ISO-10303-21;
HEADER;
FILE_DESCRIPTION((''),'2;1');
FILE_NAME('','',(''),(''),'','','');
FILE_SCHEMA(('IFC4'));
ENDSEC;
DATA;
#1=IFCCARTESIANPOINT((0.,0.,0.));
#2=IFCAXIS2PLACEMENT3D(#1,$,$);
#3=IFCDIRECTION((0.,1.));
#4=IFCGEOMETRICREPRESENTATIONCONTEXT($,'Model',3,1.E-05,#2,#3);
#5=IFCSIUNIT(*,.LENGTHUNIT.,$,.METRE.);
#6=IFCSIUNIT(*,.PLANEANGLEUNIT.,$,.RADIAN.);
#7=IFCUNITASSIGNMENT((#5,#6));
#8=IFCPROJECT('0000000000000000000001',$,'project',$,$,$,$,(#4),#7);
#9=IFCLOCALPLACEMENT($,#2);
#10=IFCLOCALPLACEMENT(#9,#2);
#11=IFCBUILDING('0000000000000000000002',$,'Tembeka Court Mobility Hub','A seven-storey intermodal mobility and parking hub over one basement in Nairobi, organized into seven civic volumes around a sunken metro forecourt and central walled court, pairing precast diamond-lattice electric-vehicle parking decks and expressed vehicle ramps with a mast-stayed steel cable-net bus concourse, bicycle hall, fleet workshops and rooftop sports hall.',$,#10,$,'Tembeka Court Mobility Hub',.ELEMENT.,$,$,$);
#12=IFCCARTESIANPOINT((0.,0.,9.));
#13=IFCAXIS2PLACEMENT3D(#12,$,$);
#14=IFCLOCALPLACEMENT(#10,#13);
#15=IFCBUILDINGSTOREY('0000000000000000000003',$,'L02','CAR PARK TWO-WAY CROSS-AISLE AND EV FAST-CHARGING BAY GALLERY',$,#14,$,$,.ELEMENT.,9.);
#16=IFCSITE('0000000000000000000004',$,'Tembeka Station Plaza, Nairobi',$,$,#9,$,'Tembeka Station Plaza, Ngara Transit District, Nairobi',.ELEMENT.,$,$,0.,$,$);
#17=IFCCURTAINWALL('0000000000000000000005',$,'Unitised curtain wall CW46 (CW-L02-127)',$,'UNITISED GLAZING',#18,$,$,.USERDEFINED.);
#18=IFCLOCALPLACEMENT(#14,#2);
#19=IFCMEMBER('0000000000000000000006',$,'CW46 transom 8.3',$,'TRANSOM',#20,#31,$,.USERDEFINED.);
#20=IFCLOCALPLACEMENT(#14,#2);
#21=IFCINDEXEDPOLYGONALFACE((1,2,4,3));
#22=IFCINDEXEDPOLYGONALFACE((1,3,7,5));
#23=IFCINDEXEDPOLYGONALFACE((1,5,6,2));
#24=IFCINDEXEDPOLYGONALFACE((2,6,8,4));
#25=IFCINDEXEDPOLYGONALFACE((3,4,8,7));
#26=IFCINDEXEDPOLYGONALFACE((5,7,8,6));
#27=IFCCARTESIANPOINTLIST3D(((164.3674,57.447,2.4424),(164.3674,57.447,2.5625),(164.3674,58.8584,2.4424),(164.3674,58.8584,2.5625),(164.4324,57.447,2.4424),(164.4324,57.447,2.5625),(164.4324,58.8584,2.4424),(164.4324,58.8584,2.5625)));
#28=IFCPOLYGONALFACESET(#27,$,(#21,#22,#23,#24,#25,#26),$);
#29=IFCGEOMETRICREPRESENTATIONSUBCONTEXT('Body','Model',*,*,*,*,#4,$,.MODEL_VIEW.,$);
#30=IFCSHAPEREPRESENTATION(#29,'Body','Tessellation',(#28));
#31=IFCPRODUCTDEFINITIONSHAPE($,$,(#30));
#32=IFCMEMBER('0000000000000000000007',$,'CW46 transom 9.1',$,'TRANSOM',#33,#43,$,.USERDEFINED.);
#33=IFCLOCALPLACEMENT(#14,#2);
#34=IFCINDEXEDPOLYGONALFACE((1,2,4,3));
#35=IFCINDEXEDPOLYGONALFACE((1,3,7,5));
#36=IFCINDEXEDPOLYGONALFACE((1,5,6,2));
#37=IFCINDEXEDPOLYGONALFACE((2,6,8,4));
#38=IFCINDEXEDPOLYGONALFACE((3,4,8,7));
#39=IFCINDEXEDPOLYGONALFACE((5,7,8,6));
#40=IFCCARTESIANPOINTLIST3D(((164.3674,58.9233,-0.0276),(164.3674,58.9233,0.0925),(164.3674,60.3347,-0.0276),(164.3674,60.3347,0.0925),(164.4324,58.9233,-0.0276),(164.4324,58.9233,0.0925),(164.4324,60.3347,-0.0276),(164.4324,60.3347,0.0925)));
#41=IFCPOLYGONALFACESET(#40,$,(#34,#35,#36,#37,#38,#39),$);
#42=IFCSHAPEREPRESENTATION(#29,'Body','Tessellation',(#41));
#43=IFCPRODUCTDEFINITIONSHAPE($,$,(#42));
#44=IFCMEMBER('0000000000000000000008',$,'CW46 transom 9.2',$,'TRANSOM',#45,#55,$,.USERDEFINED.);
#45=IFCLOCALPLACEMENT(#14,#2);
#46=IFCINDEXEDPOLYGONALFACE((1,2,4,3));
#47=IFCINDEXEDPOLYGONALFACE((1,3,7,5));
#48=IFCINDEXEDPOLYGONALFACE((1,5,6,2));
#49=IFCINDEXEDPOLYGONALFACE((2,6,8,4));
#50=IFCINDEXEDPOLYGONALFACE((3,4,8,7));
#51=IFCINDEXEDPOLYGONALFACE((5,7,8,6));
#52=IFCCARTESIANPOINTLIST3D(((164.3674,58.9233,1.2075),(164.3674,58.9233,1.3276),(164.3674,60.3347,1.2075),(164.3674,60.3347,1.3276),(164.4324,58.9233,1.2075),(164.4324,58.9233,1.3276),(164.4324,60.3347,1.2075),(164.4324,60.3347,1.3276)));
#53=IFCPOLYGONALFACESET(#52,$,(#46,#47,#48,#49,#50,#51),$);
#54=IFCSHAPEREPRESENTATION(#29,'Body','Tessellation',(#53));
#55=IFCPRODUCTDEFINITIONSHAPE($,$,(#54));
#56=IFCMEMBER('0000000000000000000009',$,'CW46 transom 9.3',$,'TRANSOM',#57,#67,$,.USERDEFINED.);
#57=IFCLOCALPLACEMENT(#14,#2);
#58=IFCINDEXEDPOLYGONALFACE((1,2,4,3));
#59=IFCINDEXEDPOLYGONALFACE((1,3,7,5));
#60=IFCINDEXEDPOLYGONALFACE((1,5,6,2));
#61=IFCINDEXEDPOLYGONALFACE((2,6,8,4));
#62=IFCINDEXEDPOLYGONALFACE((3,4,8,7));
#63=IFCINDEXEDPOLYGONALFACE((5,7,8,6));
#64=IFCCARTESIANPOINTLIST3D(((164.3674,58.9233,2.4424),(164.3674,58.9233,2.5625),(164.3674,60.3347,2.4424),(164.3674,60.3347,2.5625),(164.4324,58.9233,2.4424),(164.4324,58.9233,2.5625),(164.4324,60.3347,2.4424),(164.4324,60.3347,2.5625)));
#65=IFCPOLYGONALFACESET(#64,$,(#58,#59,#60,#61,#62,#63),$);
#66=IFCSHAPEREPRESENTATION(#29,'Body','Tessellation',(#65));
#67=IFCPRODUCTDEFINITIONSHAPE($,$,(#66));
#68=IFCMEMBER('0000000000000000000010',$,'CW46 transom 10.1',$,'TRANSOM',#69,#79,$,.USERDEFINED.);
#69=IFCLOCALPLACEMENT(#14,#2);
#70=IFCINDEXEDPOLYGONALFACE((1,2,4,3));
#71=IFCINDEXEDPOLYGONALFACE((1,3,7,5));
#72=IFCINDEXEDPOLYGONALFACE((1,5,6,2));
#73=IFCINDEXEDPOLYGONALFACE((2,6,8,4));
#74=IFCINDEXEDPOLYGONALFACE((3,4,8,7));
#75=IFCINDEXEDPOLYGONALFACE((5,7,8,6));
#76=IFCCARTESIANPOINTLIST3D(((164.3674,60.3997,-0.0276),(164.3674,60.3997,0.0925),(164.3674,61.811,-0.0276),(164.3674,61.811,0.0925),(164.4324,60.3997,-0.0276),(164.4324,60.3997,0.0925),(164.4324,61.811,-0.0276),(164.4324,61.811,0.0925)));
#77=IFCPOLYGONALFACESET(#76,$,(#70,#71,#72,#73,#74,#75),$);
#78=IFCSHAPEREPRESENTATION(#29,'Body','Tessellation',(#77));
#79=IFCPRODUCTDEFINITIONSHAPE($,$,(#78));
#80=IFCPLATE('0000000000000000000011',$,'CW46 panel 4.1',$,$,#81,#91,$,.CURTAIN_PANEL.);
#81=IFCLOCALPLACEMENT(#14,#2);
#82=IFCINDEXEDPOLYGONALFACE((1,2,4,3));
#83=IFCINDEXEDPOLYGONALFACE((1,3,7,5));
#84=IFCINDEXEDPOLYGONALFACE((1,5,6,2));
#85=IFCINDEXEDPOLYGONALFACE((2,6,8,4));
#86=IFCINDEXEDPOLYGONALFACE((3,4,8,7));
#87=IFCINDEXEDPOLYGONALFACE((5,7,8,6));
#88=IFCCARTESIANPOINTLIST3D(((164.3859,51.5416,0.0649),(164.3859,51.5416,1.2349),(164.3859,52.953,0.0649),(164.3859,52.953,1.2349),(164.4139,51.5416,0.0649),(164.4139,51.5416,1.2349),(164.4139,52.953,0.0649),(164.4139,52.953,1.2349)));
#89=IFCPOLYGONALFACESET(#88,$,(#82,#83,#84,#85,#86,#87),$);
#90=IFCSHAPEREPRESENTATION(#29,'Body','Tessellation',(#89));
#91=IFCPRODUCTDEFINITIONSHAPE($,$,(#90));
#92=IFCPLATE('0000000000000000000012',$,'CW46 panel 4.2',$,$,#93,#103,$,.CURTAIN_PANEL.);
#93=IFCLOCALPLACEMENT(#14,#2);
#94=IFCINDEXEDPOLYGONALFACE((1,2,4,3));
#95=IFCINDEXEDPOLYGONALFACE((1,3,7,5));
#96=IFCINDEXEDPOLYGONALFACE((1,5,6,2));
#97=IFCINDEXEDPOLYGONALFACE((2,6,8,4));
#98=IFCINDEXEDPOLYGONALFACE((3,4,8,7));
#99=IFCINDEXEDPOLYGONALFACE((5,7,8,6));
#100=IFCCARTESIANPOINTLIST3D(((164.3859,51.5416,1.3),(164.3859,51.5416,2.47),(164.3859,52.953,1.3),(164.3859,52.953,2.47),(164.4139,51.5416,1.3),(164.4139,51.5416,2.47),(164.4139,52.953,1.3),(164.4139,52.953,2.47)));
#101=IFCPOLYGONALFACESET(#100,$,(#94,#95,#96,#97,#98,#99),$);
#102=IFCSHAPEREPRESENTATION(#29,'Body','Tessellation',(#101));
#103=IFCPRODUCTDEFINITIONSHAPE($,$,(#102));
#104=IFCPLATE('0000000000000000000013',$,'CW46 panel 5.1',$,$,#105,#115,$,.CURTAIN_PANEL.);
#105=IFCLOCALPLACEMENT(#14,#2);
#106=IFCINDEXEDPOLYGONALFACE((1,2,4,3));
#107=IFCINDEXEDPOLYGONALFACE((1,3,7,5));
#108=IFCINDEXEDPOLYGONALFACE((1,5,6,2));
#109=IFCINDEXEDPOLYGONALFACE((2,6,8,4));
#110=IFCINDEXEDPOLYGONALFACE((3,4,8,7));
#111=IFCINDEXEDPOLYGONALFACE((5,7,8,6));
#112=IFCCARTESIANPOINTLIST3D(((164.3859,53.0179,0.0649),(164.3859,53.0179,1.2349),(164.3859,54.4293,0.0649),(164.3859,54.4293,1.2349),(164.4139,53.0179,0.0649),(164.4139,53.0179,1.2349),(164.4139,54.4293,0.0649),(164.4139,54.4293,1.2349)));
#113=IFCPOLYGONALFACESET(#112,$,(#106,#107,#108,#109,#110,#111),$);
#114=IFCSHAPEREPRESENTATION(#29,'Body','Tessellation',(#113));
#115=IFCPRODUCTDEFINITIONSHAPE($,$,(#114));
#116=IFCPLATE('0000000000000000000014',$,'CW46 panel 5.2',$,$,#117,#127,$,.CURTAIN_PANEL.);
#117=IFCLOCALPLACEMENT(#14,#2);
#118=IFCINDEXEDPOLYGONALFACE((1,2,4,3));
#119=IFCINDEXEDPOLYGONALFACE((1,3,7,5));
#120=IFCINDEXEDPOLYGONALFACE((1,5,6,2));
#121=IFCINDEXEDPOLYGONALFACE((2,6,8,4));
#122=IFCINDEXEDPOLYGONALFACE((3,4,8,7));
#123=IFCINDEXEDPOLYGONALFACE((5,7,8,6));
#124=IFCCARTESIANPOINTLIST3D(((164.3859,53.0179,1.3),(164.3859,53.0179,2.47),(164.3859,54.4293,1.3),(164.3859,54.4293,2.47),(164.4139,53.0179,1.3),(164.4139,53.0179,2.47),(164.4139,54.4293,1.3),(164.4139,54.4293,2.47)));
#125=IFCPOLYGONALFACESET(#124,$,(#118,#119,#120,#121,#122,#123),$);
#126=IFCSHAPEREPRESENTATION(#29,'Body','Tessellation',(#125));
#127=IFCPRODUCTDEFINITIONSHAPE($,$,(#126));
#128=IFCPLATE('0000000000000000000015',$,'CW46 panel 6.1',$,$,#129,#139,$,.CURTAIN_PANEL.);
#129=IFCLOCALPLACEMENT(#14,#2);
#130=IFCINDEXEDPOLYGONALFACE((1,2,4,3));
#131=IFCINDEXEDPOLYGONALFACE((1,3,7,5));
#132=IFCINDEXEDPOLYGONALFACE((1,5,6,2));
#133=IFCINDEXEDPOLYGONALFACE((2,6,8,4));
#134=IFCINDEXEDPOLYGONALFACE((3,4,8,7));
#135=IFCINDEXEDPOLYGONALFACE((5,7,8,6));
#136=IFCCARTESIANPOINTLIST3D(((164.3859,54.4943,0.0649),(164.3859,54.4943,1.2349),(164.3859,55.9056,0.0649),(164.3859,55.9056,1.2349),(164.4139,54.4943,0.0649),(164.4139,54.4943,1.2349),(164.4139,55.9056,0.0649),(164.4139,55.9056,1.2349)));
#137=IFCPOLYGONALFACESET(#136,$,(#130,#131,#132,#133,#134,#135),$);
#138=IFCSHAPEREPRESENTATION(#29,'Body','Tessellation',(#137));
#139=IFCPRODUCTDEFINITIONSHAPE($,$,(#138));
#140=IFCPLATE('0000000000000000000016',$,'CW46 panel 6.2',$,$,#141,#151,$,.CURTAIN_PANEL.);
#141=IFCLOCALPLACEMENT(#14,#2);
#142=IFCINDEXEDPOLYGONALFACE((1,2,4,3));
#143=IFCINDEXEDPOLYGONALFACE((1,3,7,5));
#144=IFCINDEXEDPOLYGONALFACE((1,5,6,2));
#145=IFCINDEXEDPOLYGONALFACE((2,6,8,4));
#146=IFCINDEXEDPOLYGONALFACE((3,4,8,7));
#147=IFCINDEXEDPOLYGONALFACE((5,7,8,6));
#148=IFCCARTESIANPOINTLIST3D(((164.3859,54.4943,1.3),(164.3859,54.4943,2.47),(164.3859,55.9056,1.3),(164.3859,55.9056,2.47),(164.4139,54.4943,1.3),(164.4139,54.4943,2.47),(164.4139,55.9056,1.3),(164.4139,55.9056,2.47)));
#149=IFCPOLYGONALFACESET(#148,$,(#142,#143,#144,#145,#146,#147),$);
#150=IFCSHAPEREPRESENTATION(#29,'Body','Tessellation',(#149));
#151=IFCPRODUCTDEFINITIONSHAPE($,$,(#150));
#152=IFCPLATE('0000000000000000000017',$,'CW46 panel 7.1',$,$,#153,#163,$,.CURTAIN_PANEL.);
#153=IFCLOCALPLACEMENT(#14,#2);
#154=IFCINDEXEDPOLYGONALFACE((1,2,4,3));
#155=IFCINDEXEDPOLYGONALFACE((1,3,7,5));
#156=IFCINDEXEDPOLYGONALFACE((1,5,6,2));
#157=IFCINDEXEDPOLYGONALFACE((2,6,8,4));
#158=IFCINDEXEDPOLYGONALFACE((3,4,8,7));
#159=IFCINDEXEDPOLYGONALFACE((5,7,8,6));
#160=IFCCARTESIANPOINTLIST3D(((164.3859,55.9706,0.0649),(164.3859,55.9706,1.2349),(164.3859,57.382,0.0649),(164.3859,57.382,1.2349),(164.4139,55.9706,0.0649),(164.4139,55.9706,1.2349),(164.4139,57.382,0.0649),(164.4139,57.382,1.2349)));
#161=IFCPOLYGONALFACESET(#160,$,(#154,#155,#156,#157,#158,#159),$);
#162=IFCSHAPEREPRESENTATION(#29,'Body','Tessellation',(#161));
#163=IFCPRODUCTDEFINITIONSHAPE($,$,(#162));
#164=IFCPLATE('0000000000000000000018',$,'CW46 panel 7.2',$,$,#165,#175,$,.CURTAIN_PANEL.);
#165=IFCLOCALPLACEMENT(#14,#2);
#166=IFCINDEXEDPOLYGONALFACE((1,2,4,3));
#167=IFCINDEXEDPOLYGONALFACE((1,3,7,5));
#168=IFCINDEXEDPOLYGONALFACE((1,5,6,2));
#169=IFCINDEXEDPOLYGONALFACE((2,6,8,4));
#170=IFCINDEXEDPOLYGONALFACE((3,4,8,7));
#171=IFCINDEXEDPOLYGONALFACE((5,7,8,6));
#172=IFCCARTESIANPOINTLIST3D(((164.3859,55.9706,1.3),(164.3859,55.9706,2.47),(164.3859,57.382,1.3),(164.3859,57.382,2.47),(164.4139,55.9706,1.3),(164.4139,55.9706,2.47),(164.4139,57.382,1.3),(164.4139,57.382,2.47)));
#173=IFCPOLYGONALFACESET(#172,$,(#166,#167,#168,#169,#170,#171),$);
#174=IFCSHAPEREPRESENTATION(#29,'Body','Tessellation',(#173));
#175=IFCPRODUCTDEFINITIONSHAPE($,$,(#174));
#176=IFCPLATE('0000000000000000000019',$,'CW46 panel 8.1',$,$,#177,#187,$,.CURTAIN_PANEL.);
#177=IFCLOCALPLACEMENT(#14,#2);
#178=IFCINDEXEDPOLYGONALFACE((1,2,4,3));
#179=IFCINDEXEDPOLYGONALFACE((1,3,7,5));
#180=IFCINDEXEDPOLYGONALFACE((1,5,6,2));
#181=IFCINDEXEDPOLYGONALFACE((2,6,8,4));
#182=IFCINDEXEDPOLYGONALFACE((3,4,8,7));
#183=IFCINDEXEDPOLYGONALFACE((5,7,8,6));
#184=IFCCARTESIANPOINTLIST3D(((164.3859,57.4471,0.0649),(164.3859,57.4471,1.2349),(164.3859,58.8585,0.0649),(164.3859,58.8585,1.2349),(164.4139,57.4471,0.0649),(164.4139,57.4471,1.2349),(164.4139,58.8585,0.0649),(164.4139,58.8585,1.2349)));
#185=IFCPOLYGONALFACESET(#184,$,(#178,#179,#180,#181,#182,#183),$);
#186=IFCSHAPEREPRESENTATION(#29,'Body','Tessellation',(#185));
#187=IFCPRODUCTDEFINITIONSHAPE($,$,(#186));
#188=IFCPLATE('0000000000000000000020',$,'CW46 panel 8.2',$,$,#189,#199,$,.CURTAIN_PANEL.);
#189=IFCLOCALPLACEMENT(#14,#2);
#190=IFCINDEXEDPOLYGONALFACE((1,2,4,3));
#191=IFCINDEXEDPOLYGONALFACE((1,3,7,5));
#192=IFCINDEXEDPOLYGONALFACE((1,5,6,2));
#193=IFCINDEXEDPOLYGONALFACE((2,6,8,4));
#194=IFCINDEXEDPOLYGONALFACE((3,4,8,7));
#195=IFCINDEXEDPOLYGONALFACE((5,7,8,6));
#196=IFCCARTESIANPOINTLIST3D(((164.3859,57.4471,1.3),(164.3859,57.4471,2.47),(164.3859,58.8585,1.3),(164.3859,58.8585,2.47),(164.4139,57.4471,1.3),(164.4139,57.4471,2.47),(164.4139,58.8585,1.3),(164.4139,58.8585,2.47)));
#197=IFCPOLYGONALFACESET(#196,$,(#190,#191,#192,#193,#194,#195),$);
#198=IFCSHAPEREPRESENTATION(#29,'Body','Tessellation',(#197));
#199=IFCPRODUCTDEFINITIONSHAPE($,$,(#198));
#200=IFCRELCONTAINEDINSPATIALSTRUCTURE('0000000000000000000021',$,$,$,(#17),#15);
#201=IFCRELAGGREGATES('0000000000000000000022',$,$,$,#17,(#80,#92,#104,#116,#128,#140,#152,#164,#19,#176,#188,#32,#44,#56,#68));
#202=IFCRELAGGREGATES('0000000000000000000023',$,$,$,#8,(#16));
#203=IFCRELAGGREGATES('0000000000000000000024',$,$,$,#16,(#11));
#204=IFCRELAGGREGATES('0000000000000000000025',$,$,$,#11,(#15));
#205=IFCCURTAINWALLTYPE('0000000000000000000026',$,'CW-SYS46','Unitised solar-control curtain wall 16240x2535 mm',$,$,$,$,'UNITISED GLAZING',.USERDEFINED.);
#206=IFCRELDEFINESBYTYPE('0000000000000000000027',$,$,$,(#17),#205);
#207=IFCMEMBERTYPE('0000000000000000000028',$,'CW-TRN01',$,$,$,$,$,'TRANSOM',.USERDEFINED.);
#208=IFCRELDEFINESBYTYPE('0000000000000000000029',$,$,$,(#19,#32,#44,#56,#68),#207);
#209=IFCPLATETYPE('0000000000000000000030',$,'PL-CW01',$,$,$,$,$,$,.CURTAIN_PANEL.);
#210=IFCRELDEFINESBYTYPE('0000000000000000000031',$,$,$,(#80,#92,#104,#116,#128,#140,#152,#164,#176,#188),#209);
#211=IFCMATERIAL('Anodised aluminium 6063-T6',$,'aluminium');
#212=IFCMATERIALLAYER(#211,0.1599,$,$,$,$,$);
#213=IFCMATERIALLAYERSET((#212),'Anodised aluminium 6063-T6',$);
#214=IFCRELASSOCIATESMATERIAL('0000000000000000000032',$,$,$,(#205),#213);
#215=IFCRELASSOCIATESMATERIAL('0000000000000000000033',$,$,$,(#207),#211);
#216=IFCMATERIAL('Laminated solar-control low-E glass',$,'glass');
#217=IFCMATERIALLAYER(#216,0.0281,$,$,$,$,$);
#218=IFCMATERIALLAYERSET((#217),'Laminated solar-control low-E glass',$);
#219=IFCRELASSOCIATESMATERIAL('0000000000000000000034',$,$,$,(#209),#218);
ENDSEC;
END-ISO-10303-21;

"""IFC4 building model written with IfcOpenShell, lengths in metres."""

from ifc_helpers import new_model, si_unit, direction, frame, origin, origin_2d, place, context, subcontext, project, spatial, rectangle, extrude, material, layer, layer_set, material_profile, profile_set, type_object, element, aggregate, save


model = new_model("IFC4")

# Units and contexts
model_context = context("Model", 3, precision=1e-05, world=origin(), true_north=direction((0.0, 1.0)))
body_context = subcontext(model_context, "Body", "Model", "MODEL_VIEW")
ifc_project = project(units=[si_unit("LENGTHUNIT", "METRE"), si_unit("PLANEANGLEUNIT", "RADIAN")], contexts=[model_context])

# Site, building, storey
site_placement = place(None, origin())
site = spatial("IfcSite", under=ifc_project, at=site_placement, Name="Tembeka Station Plaza, Nairobi", LongName="Tembeka Station Plaza, Ngara Transit District, Nairobi", CompositionType="ELEMENT", RefElevation=0.0)
building_placement = place(site_placement, origin())
building = spatial("IfcBuilding", under=site, at=building_placement, Name="Tembeka Court Mobility Hub", Description="A seven-storey intermodal mobility and parking hub over one basement in Nairobi, organized into seven civic volumes around a sunken metro forecourt and central walled court, pairing precast diamond-lattice electric-vehicle parking decks and expressed vehicle ramps with a mast-stayed steel cable-net bus concourse, bicycle hall, fleet workshops and rooftop sports hall.", LongName="Tembeka Court Mobility Hub", CompositionType="ELEMENT")
storey_placement = place(building_placement, frame((0.0, 0.0, 9.0)))
storey = spatial("IfcBuildingStorey", under=building, at=storey_placement, Name="L02", Description="CAR PARK TWO-WAY CROSS-AISLE AND EV FAST-CHARGING BAY GALLERY", CompositionType="ELEMENT", Elevation=9.0)

# Curtain wall, members, plates
ifc_material_1 = material(Name="Anodised aluminium 6063-T6", Category="aluminium")
ifc_layer_1 = layer(ifc_material_1, 0.1599)
ifc_layer_set_1 = layer_set([ifc_layer_1], Name="Anodised aluminium 6063-T6")
curtain_wall_type = type_object("IfcCurtainWallType", Name="CW-SYS46", Description="Unitised solar-control curtain wall 16240x2535 mm", ElementType="UNITISED GLAZING", PredefinedType="USERDEFINED", material=ifc_layer_set_1)
curtain_wall_placement = place(storey_placement, origin())
curtain_wall = element("IfcCurtainWall", 1, at=curtain_wall_placement, inside=storey, type_object=curtain_wall_type, Name="Unitised curtain wall CW46 (CW-L02-127)", ObjectType="UNITISED GLAZING", PredefinedType="USERDEFINED")
ifc_material_profile_1 = material_profile(ifc_material_1, rectangle(XDim=0.0649, YDim=0.1201, at=origin_2d()), Name="ALU-TRN 65x120")
ifc_profile_set_1 = profile_set([ifc_material_profile_1], Name="Anodised aluminium 6063-T6")
member_type_1 = type_object("IfcMemberType", Name="CW-TRN01", ElementType="TRANSOM", PredefinedType="USERDEFINED", material=ifc_profile_set_1)
member_1_placement = place(storey_placement, frame((164.3999, 57.447, 2.5024), z_axis=(0.0, 1.0, 0.0), x_axis=(-1.0, 0.0, 0.0)))
member_1 = element("IfcMember", 2, at=member_1_placement, type_object=member_type_1, Name="CW46 transom 8.3", ObjectType="TRANSOM", PredefinedType="USERDEFINED", context=body_context, shape_type="SweptSolid", body=[
    extrude(rectangle(XDim=0.0649, YDim=0.1201, at=origin_2d()), origin(), (0.0, 0.0, 1.0), 1.4114),
])
member_2_placement = place(storey_placement, frame((164.3999, 58.9233, 0.0325), z_axis=(0.0, 1.0, 0.0), x_axis=(-1.0, 0.0, 0.0)))
member_2 = element("IfcMember", 3, at=member_2_placement, type_object=member_type_1, Name="CW46 transom 9.1", ObjectType="TRANSOM", PredefinedType="USERDEFINED", context=body_context, shape_type="SweptSolid", body=[
    extrude(rectangle(XDim=0.0649, YDim=0.1201, at=origin_2d()), origin(), (0.0, 0.0, 1.0), 1.4114),
])
member_3_placement = place(storey_placement, frame((164.3999, 58.9233, 1.2676), z_axis=(0.0, 1.0, 0.0), x_axis=(-1.0, 0.0, 0.0)))
member_3 = element("IfcMember", 4, at=member_3_placement, type_object=member_type_1, Name="CW46 transom 9.2", ObjectType="TRANSOM", PredefinedType="USERDEFINED", context=body_context, shape_type="SweptSolid", body=[
    extrude(rectangle(XDim=0.0649, YDim=0.1201, at=origin_2d()), origin(), (0.0, 0.0, 1.0), 1.4114),
])
member_4_placement = place(storey_placement, frame((164.3999, 58.9233, 2.5024), z_axis=(0.0, 1.0, 0.0), x_axis=(-1.0, 0.0, 0.0)))
member_4 = element("IfcMember", 5, at=member_4_placement, type_object=member_type_1, Name="CW46 transom 9.3", ObjectType="TRANSOM", PredefinedType="USERDEFINED", context=body_context, shape_type="SweptSolid", body=[
    extrude(rectangle(XDim=0.0649, YDim=0.1201, at=origin_2d()), origin(), (0.0, 0.0, 1.0), 1.4114),
])
member_5_placement = place(storey_placement, frame((164.3999, 60.3997, 0.0325), z_axis=(0.0, 1.0, 0.0), x_axis=(-1.0, 0.0, 0.0)))
member_5 = element("IfcMember", 6, at=member_5_placement, type_object=member_type_1, Name="CW46 transom 10.1", ObjectType="TRANSOM", PredefinedType="USERDEFINED", context=body_context, shape_type="SweptSolid", body=[
    extrude(rectangle(XDim=0.0649, YDim=0.1201, at=origin_2d()), origin(), (0.0, 0.0, 1.0), 1.4114),
])
ifc_material_2 = material(Name="Laminated solar-control low-E glass", Category="glass")
ifc_layer_2 = layer(ifc_material_2, 0.0281)
ifc_layer_set_2 = layer_set([ifc_layer_2], Name="Laminated solar-control low-E glass")
plate_type = type_object("IfcPlateType", Name="PL-CW01", PredefinedType="CURTAIN_PANEL", material=ifc_layer_set_2)
plate_1_placement = place(storey_placement, frame((164.3999, 52.2473, 0.0649), z_axis=(0.0, 0.0, 1.0), x_axis=(0.0, 1.0, 0.0)))
plate_1 = element("IfcPlate", 7, at=plate_1_placement, type_object=plate_type, Name="CW46 panel 4.1", PredefinedType="CURTAIN_PANEL", context=body_context, shape_type="SweptSolid", body=[
    extrude(rectangle(XDim=1.4114, YDim=0.0281, at=origin_2d()), origin(), (0.0, 0.0, 1.0), 1.1699),
])
plate_2_placement = place(storey_placement, frame((164.3999, 52.2473, 1.3), z_axis=(0.0, 0.0, 1.0), x_axis=(0.0, 1.0, 0.0)))
plate_2 = element("IfcPlate", 8, at=plate_2_placement, type_object=plate_type, Name="CW46 panel 4.2", PredefinedType="CURTAIN_PANEL", context=body_context, shape_type="SweptSolid", body=[
    extrude(rectangle(XDim=1.4114, YDim=0.0281, at=origin_2d()), origin(), (0.0, 0.0, 1.0), 1.1699),
])
plate_3_placement = place(storey_placement, frame((164.3999, 53.7236, 0.0649), z_axis=(0.0, 0.0, 1.0), x_axis=(0.0, 1.0, 0.0)))
plate_3 = element("IfcPlate", 9, at=plate_3_placement, type_object=plate_type, Name="CW46 panel 5.1", PredefinedType="CURTAIN_PANEL", context=body_context, shape_type="SweptSolid", body=[
    extrude(rectangle(XDim=1.4114, YDim=0.0281, at=origin_2d()), origin(), (0.0, 0.0, 1.0), 1.1699),
])
plate_4_placement = place(storey_placement, frame((164.3999, 53.7236, 1.3), z_axis=(0.0, 0.0, 1.0), x_axis=(0.0, 1.0, 0.0)))
plate_4 = element("IfcPlate", 10, at=plate_4_placement, type_object=plate_type, Name="CW46 panel 5.2", PredefinedType="CURTAIN_PANEL", context=body_context, shape_type="SweptSolid", body=[
    extrude(rectangle(XDim=1.4114, YDim=0.0281, at=origin_2d()), origin(), (0.0, 0.0, 1.0), 1.1699),
])
plate_5_placement = place(storey_placement, frame((164.3999, 55.2, 0.0649), z_axis=(0.0, 0.0, 1.0), x_axis=(0.0, 1.0, 0.0)))
plate_5 = element("IfcPlate", 11, at=plate_5_placement, type_object=plate_type, Name="CW46 panel 6.1", PredefinedType="CURTAIN_PANEL", context=body_context, shape_type="SweptSolid", body=[
    extrude(rectangle(XDim=1.4114, YDim=0.0281, at=origin_2d()), origin(), (0.0, 0.0, 1.0), 1.1699),
])
plate_6_placement = place(storey_placement, frame((164.3999, 55.2, 1.3), z_axis=(0.0, 0.0, 1.0), x_axis=(0.0, 1.0, 0.0)))
plate_6 = element("IfcPlate", 12, at=plate_6_placement, type_object=plate_type, Name="CW46 panel 6.2", PredefinedType="CURTAIN_PANEL", context=body_context, shape_type="SweptSolid", body=[
    extrude(rectangle(XDim=1.4114, YDim=0.0281, at=origin_2d()), origin(), (0.0, 0.0, 1.0), 1.1699),
])
plate_7_placement = place(storey_placement, frame((164.3999, 56.6763, 0.0649), z_axis=(0.0, 0.0, 1.0), x_axis=(0.0, 1.0, 0.0)))
plate_7 = element("IfcPlate", 13, at=plate_7_placement, type_object=plate_type, Name="CW46 panel 7.1", PredefinedType="CURTAIN_PANEL", context=body_context, shape_type="SweptSolid", body=[
    extrude(rectangle(XDim=1.4114, YDim=0.0281, at=origin_2d()), origin(), (0.0, 0.0, 1.0), 1.1699),
])
plate_8_placement = place(storey_placement, frame((164.3999, 56.6763, 1.3), z_axis=(0.0, 0.0, 1.0), x_axis=(0.0, 1.0, 0.0)))
plate_8 = element("IfcPlate", 14, at=plate_8_placement, type_object=plate_type, Name="CW46 panel 7.2", PredefinedType="CURTAIN_PANEL", context=body_context, shape_type="SweptSolid", body=[
    extrude(rectangle(XDim=1.4114, YDim=0.0281, at=origin_2d()), origin(), (0.0, 0.0, 1.0), 1.1699),
])
plate_9_placement = place(storey_placement, frame((164.3999, 58.1528, 0.0649), z_axis=(0.0, 0.0, 1.0), x_axis=(0.0, 1.0, 0.0)))
plate_9 = element("IfcPlate", 15, at=plate_9_placement, type_object=plate_type, Name="CW46 panel 8.1", PredefinedType="CURTAIN_PANEL", context=body_context, shape_type="SweptSolid", body=[
    extrude(rectangle(XDim=1.4114, YDim=0.0281, at=origin_2d()), origin(), (0.0, 0.0, 1.0), 1.1699),
])
plate_10_placement = place(storey_placement, frame((164.3999, 58.1528, 1.3), z_axis=(0.0, 0.0, 1.0), x_axis=(0.0, 1.0, 0.0)))
plate_10 = element("IfcPlate", 16, at=plate_10_placement, type_object=plate_type, Name="CW46 panel 8.2", PredefinedType="CURTAIN_PANEL", context=body_context, shape_type="SweptSolid", body=[
    extrude(rectangle(XDim=1.4114, YDim=0.0281, at=origin_2d()), origin(), (0.0, 0.0, 1.0), 1.1699),
])
aggregate(curtain_wall, [plate_1, plate_2, plate_3, plate_4, plate_5, plate_6, plate_7, plate_8, member_1, plate_9, plate_10, member_2, member_3, member_4, member_5])

save(model, "model.ifc")
